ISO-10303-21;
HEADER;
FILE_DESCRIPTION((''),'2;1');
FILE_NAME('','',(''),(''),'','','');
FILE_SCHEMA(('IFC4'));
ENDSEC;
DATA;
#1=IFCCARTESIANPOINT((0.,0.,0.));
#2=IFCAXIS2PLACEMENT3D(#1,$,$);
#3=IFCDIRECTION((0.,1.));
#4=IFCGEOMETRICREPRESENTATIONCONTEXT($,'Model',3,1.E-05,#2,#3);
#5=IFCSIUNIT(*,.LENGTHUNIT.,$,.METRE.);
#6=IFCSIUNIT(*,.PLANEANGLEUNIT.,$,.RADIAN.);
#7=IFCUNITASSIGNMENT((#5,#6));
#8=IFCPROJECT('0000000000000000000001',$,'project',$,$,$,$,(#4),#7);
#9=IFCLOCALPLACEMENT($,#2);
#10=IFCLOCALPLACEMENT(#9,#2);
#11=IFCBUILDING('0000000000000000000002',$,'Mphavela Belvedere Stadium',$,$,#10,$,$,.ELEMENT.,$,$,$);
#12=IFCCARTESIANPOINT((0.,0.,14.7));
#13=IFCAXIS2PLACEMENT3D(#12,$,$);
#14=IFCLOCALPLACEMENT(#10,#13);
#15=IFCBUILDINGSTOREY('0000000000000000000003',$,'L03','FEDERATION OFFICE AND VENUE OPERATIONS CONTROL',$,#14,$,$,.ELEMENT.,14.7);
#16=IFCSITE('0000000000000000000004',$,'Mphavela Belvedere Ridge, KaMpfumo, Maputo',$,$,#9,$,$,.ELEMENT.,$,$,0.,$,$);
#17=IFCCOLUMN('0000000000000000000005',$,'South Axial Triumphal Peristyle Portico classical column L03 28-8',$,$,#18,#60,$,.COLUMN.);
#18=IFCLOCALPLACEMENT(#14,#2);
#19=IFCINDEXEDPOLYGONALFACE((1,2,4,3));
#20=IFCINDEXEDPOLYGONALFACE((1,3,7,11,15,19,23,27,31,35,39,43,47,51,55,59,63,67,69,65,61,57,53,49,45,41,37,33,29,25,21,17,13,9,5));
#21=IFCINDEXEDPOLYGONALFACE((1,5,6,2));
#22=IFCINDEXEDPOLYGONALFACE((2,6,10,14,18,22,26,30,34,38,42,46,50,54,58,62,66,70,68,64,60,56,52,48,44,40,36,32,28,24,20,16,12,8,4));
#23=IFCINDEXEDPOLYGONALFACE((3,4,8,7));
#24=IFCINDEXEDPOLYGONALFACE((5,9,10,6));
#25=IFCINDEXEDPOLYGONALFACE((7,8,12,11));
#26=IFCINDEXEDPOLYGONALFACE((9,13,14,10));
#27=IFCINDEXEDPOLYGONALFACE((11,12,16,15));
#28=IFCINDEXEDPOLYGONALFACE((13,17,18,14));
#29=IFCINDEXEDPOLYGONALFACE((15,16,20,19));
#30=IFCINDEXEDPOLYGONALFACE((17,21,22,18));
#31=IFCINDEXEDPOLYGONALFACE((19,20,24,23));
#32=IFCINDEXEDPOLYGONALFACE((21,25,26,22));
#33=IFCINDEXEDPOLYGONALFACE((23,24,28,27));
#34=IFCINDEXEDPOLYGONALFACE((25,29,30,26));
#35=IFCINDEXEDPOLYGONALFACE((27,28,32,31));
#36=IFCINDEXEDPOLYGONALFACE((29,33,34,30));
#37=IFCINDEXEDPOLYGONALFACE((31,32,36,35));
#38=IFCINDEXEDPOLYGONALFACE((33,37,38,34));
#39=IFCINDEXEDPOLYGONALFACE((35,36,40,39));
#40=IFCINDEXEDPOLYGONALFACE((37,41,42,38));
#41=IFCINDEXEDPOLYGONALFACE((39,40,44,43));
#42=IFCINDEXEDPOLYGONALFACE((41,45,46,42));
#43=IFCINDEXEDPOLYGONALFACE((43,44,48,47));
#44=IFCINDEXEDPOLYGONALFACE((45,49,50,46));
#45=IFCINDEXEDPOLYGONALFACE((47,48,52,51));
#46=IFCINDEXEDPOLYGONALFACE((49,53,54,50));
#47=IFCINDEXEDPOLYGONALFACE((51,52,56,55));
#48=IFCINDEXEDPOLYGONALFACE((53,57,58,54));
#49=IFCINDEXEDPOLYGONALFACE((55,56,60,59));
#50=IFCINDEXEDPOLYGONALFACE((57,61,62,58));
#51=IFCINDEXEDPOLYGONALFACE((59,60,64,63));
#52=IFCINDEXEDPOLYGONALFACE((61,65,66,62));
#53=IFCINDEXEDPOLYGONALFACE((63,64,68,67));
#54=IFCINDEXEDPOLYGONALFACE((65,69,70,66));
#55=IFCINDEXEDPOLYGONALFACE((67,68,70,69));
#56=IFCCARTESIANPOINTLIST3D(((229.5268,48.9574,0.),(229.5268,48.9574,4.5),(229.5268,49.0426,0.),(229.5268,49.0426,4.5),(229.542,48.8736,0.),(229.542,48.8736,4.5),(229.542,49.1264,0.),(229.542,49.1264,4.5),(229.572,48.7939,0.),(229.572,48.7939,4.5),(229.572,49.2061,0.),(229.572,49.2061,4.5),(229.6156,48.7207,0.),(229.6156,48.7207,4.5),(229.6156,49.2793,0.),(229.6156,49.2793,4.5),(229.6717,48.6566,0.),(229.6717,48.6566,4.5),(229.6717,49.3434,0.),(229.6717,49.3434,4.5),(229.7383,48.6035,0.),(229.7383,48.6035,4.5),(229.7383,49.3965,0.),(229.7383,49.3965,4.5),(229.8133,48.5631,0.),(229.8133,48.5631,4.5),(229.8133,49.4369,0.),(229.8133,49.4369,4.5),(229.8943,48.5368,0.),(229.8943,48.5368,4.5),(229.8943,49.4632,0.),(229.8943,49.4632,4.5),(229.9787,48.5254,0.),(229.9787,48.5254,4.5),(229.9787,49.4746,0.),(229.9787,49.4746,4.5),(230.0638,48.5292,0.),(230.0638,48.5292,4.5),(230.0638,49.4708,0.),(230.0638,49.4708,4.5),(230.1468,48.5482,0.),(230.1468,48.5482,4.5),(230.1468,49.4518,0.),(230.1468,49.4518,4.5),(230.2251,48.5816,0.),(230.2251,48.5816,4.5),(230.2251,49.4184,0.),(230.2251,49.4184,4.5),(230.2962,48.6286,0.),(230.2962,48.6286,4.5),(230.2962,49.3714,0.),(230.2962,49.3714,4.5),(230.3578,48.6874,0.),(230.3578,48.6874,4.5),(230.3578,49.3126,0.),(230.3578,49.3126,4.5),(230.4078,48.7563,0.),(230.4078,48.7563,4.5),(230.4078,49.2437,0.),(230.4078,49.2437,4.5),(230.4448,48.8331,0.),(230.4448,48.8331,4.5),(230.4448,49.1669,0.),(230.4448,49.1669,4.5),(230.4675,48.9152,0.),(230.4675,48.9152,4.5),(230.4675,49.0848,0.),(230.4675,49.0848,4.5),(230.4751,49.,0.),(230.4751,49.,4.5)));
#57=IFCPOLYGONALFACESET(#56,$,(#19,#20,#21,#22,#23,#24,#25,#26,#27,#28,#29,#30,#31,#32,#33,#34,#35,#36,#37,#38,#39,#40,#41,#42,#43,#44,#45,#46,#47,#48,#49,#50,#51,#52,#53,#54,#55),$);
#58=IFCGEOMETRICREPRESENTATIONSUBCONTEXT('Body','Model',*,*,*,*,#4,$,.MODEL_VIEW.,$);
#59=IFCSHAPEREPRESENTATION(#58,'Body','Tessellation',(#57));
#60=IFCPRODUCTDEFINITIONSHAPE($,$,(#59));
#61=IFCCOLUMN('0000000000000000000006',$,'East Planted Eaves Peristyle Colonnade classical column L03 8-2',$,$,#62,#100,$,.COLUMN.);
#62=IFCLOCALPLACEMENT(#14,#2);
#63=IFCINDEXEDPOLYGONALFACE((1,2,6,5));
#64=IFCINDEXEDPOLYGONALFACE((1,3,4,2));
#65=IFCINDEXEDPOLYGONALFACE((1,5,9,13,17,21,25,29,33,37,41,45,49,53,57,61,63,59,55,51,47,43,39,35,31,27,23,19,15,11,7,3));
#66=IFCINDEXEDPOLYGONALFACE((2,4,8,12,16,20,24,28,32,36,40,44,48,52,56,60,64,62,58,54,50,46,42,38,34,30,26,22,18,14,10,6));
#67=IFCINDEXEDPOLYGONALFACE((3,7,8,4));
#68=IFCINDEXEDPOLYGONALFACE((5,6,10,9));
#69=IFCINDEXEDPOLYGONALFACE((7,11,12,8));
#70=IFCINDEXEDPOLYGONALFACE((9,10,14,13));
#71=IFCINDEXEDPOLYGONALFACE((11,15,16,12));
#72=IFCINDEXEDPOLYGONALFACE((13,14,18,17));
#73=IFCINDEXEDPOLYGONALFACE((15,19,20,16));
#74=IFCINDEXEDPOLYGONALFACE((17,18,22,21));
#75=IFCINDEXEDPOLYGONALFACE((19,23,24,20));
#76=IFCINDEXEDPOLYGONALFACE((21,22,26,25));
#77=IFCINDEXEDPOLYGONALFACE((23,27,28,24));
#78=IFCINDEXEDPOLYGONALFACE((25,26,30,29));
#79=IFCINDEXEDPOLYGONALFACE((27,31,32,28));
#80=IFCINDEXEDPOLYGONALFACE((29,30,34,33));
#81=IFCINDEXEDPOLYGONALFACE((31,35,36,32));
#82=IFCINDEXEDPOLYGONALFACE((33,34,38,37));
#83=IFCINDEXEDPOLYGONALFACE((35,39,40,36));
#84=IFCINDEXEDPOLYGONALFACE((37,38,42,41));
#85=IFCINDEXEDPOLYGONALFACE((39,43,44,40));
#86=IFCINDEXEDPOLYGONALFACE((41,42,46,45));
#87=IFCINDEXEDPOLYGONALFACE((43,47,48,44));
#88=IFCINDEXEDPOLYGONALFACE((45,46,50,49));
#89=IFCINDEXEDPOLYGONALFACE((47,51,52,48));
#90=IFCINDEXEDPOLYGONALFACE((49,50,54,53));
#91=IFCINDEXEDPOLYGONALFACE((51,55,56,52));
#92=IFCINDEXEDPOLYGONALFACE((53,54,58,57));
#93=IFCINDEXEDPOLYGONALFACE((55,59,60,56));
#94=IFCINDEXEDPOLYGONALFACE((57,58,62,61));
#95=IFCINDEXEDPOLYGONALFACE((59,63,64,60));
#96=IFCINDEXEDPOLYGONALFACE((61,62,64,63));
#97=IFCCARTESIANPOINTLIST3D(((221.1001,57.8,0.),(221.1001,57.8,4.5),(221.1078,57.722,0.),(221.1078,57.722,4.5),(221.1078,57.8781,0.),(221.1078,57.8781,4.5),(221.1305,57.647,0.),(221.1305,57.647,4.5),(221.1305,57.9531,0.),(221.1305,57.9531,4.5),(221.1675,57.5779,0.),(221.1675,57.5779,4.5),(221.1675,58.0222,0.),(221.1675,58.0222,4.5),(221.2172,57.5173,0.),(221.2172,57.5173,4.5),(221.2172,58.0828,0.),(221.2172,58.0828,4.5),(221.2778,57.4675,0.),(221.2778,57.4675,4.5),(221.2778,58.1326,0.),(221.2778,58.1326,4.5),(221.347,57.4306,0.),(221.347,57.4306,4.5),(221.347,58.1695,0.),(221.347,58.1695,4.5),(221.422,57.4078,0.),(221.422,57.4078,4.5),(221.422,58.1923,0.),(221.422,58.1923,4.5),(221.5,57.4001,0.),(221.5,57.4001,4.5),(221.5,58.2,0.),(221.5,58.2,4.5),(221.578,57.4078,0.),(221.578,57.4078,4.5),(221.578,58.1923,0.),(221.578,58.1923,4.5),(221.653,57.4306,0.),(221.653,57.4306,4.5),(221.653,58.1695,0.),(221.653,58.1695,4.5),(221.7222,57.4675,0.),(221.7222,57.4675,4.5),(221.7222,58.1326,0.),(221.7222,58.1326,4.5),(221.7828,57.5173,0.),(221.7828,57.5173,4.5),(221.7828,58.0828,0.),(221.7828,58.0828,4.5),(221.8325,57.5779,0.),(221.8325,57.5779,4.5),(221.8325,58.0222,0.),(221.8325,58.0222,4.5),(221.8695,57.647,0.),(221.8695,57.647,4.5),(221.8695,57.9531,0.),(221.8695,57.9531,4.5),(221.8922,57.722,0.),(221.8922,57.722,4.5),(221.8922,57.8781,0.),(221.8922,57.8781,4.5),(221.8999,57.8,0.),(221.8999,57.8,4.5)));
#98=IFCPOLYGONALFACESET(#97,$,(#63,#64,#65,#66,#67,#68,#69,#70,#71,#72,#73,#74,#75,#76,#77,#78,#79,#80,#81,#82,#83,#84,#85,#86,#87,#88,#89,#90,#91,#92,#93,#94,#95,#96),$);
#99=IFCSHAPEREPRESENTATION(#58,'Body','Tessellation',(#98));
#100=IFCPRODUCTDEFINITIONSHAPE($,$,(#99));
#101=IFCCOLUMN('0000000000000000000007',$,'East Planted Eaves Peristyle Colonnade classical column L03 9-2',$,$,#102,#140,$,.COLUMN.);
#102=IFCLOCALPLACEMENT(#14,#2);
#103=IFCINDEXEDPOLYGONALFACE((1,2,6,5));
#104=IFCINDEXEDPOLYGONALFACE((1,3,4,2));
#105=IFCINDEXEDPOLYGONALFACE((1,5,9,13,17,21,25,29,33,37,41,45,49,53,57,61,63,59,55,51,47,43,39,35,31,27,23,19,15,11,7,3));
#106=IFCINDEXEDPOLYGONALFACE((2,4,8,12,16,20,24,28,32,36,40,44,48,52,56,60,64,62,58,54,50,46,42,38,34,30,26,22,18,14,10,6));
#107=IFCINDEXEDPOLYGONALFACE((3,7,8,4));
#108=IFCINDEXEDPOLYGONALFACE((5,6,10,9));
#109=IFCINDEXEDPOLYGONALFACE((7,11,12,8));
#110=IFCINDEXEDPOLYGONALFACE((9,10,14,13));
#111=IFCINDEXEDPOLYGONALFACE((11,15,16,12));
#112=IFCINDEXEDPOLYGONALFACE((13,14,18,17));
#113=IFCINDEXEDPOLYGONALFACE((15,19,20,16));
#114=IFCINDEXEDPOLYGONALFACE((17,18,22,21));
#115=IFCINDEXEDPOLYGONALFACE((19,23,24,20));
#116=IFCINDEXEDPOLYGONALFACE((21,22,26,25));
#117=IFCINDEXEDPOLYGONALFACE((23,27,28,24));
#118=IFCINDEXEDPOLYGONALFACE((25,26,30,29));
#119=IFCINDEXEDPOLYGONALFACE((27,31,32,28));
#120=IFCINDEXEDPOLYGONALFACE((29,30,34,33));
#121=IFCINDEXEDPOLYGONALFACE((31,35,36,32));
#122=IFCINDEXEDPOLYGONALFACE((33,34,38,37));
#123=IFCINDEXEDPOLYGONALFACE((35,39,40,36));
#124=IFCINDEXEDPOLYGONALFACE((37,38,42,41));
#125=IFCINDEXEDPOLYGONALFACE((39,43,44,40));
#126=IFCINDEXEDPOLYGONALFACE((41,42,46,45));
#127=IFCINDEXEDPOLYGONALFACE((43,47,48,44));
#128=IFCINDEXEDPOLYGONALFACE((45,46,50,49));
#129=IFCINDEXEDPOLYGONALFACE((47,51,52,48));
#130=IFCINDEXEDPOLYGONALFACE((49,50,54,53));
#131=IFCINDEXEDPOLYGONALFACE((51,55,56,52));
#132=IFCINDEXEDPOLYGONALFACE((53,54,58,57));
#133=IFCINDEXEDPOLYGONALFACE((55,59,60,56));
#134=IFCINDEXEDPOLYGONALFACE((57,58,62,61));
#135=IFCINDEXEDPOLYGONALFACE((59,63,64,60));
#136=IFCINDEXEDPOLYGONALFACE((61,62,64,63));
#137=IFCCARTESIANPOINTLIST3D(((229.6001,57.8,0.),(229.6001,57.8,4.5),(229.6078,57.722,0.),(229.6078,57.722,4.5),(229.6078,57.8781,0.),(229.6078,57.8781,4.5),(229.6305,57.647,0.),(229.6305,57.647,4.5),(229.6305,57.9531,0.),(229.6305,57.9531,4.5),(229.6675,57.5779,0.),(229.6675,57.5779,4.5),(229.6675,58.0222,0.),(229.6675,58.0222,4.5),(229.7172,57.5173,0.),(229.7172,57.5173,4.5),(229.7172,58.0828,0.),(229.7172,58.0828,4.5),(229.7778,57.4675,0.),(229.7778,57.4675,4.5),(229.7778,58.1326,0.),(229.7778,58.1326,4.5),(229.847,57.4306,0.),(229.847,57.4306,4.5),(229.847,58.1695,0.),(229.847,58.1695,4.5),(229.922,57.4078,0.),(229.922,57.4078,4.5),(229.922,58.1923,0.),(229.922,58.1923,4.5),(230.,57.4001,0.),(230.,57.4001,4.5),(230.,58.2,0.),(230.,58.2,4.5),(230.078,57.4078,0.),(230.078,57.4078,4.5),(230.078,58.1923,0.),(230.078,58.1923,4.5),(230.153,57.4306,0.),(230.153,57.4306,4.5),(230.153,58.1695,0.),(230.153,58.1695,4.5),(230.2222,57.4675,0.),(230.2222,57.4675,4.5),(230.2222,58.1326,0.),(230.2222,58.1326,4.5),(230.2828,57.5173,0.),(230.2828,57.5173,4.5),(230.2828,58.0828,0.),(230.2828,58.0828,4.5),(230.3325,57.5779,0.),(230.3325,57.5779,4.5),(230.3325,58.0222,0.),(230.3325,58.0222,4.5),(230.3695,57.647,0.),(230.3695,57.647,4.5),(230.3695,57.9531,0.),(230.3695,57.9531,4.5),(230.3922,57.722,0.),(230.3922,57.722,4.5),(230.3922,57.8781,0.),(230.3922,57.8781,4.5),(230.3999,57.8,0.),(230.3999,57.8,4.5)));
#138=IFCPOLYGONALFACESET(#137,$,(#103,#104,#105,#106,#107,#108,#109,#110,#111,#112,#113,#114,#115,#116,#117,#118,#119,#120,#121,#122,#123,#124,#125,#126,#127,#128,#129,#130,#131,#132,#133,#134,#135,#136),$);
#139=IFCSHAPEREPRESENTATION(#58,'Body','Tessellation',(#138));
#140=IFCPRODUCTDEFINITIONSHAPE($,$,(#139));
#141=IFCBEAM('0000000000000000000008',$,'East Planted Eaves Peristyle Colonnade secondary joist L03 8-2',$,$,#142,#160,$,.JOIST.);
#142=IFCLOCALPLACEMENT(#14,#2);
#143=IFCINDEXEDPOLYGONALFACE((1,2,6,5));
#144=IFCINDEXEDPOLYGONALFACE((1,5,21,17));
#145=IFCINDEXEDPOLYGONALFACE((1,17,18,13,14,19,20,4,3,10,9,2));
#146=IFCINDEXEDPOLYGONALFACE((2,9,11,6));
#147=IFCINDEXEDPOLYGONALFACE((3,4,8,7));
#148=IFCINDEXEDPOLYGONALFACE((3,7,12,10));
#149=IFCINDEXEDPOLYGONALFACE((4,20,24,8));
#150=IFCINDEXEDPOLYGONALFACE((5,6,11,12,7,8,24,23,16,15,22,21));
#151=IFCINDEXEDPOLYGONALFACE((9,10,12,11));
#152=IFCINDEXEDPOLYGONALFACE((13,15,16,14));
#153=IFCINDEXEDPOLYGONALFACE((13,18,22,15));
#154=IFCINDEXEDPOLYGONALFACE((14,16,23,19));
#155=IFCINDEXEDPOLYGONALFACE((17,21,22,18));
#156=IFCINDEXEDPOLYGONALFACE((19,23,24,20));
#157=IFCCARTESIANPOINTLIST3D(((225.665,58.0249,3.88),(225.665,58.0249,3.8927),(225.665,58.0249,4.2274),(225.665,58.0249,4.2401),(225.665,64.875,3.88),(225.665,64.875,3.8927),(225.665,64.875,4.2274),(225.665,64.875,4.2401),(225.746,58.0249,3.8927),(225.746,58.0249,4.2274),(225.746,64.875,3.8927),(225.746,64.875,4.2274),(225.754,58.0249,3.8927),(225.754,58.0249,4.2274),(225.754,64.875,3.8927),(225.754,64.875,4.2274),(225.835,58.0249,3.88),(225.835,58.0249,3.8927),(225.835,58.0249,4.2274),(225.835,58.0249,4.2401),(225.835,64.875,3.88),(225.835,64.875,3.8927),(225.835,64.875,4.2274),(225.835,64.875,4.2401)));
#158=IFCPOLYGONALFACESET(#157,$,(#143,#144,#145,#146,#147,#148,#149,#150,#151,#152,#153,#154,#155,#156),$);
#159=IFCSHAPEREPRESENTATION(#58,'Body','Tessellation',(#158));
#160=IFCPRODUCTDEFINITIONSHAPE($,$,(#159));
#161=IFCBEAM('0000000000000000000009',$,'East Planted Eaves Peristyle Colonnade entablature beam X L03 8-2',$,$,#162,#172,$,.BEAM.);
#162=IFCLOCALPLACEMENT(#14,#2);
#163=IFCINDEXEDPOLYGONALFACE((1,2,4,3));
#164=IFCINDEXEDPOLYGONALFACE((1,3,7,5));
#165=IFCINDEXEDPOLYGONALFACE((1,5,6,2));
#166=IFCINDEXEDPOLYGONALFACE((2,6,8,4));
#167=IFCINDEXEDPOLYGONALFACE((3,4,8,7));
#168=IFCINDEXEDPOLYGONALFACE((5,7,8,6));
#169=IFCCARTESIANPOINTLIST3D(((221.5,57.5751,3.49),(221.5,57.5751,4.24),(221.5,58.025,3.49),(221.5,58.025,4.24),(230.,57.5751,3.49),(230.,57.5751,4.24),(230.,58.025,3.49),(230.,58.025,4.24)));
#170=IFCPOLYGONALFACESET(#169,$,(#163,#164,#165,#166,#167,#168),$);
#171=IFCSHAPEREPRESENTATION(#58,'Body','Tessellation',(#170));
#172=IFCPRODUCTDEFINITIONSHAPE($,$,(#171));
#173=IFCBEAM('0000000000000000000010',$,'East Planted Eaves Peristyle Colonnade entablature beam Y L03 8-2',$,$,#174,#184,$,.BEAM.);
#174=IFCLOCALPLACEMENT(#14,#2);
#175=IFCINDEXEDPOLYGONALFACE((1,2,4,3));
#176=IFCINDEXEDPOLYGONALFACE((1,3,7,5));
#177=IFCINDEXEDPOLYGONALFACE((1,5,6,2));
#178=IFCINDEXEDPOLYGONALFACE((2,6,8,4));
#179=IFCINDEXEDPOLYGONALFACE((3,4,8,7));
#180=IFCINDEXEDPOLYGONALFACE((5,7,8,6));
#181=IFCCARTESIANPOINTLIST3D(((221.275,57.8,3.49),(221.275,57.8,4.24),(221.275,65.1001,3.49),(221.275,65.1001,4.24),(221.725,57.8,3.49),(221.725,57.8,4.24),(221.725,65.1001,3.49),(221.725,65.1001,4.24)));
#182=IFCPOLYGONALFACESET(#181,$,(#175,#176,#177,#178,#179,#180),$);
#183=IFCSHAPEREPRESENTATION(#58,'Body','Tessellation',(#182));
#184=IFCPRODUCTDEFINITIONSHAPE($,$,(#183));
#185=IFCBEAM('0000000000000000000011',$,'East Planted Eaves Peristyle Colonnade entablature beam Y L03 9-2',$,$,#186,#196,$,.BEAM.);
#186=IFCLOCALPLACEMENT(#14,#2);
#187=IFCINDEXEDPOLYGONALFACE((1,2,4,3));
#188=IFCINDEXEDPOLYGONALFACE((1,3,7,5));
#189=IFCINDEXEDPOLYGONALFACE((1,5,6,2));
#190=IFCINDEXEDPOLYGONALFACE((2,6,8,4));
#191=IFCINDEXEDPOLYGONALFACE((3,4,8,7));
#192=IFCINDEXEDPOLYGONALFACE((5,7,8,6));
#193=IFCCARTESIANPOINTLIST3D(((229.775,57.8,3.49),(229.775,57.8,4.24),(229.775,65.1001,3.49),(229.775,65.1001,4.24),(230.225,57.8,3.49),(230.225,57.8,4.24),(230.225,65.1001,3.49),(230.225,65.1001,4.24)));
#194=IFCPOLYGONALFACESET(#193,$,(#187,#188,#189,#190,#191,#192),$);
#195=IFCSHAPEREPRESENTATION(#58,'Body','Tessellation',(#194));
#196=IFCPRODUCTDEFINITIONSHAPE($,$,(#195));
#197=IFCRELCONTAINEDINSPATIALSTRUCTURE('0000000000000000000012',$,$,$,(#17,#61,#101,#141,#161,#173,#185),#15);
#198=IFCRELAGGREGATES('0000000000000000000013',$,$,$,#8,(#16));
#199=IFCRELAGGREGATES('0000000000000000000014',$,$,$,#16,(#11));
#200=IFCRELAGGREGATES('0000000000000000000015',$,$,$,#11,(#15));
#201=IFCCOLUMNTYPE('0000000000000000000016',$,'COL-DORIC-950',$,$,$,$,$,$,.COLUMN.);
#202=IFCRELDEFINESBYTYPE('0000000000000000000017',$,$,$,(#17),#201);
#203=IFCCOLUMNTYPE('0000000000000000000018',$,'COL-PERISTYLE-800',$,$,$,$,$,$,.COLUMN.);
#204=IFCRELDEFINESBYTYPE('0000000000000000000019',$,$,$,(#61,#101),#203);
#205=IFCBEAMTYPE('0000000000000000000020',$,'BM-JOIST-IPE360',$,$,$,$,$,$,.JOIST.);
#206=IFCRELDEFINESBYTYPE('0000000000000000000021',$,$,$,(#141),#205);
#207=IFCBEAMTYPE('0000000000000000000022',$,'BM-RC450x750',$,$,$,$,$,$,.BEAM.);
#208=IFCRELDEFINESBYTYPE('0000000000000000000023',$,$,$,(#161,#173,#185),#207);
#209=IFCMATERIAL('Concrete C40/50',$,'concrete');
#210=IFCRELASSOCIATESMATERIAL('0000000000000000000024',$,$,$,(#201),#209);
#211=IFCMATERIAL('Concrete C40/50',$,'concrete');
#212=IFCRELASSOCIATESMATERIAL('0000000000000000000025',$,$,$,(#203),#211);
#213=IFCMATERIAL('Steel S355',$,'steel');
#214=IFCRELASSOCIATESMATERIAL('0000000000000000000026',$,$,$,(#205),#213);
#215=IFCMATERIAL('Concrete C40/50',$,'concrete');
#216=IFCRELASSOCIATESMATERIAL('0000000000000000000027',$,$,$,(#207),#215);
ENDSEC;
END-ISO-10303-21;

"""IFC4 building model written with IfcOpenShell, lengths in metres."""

from ifc_helpers import new_model, si_unit, direction, frame, origin, origin_2d, place, context, subcontext, project, spatial, rectangle, circle, i_section, extrude, material, material_profile, profile_set, type_object, element, save


model = new_model("IFC4")

# Units and contexts
model_context = context("Model", 3, precision=1e-05, world=origin(), true_north=direction((0.0, 1.0)))
body_context = subcontext(model_context, "Body", "Model", "MODEL_VIEW")
ifc_project = project(units=[si_unit("LENGTHUNIT", "METRE"), si_unit("PLANEANGLEUNIT", "RADIAN")], contexts=[model_context])

# Site, building, storey
site_placement = place(None, origin())
site = spatial("IfcSite", under=ifc_project, at=site_placement, Name="Mphavela Belvedere Ridge, KaMpfumo, Maputo", CompositionType="ELEMENT", RefElevation=0.0)
building_placement = place(site_placement, origin())
building = spatial("IfcBuilding", under=site, at=building_placement, Name="Mphavela Belvedere Stadium", CompositionType="ELEMENT")
storey_placement = place(building_placement, frame((0.0, 0.0, 14.7)))
storey = spatial("IfcBuildingStorey", under=building, at=storey_placement, Name="L03", Description="FEDERATION OFFICE AND VENUE OPERATIONS CONTROL", CompositionType="ELEMENT", Elevation=14.7)

# Columns
ifc_material_1 = material(Name="Concrete C40/50", Category="concrete")
ifc_material_profile_1 = material_profile(ifc_material_1, circle(Radius=0.4751, at=origin_2d()), Name="COL D950")
ifc_profile_set_1 = profile_set([ifc_material_profile_1], Name="Concrete C40/50")
column_type_1 = type_object("IfcColumnType", Name="COL-DORIC-950", PredefinedType="COLUMN", material=ifc_profile_set_1)
column_placement = place(storey_placement, frame((230.0, 49.0, 0.0), z_axis=(0.0, 0.0, 1.0), x_axis=(1.0, 0.0, 0.0)))
element("IfcColumn", 1, at=column_placement, inside=storey, type_object=column_type_1, Name="South Axial Triumphal Peristyle Portico classical column L03 28-8", PredefinedType="COLUMN", context=body_context, shape_type="SweptSolid", body=[
    extrude(circle(Radius=0.4751, at=origin_2d()), origin(), (0.0, 0.0, 1.0), 4.5),
])
ifc_material_2 = material(Name="Concrete C40/50", Category="concrete")
ifc_material_profile_2 = material_profile(ifc_material_2, circle(Radius=0.3999, at=origin_2d()), Name="COL D800")
ifc_profile_set_2 = profile_set([ifc_material_profile_2], Name="Concrete C40/50")
column_type_2 = type_object("IfcColumnType", Name="COL-PERISTYLE-800", PredefinedType="COLUMN", material=ifc_profile_set_2)
for number, where, z_axis, x_axis, name in (
    (2, (221.5, 57.8, 0.0), (0.0, 0.0, 1.0), (1.0, 0.0, 0.0), "East Planted Eaves Peristyle Colonnade classical column L03 8-2"),
    (3, (230.0, 57.8, 0.0), (0.0, 0.0, 1.0), (1.0, 0.0, 0.0), "East Planted Eaves Peristyle Colonnade classical column L03 9-2"),
):
    element("IfcColumn", number, at=place(storey_placement, frame(where, z_axis=z_axis, x_axis=x_axis)), inside=storey, type_object=column_type_2, Name=name, PredefinedType="COLUMN", context=body_context, shape_type="SweptSolid", body=[
        extrude(circle(Radius=0.3999, at=origin_2d()), origin(), (0.0, 0.0, 1.0), 4.5),
    ])

# Beams
ifc_material_3 = material(Name="Steel S355", Category="steel")
ifc_material_profile_3 = material_profile(ifc_material_3, i_section(OverallWidth=0.1699, OverallDepth=0.3601, WebThickness=0.0081, FlangeThickness=0.0127, at=origin_2d()), Name="IPE 360")
ifc_profile_set_3 = profile_set([ifc_material_profile_3], Name="Steel S355")
beam_type_1 = type_object("IfcBeamType", Name="BM-JOIST-IPE360", PredefinedType="JOIST", material=ifc_profile_set_3)
beam_1_placement = place(storey_placement, frame((225.75, 58.0249, 4.0601), z_axis=(0.0, 1.0, 0.0), x_axis=(-1.0, 0.0, 0.0)))
element("IfcBeam", 4, at=beam_1_placement, inside=storey, type_object=beam_type_1, Name="East Planted Eaves Peristyle Colonnade secondary joist L03 8-2", PredefinedType="JOIST", context=body_context, shape_type="SweptSolid", body=[
    extrude(i_section(OverallWidth=0.1699, OverallDepth=0.3601, WebThickness=0.0081, FlangeThickness=0.0127, at=origin_2d()), origin(), (0.0, 0.0, 1.0), 6.8501),
])
ifc_material_4 = material(Name="Concrete C40/50", Category="concrete")
ifc_material_profile_4 = material_profile(ifc_material_4, rectangle(XDim=0.45, YDim=0.75, at=origin_2d()), Name="RC 450x750")
ifc_profile_set_4 = profile_set([ifc_material_profile_4], Name="Concrete C40/50")
beam_type_2 = type_object("IfcBeamType", Name="BM-RC450x750", PredefinedType="BEAM", material=ifc_profile_set_4)
beam_2_placement = place(storey_placement, frame((221.5, 57.8, 3.865), z_axis=(1.0, 0.0, 0.0), x_axis=(0.0, 1.0, 0.0)))
element("IfcBeam", 5, at=beam_2_placement, inside=storey, type_object=beam_type_2, Name="East Planted Eaves Peristyle Colonnade entablature beam X L03 8-2", PredefinedType="BEAM", context=body_context, shape_type="SweptSolid", body=[
    extrude(rectangle(XDim=0.45, YDim=0.75, at=origin_2d()), origin(), (0.0, 0.0, 1.0), 8.5),
])
for number, where, z_axis, x_axis, name in (
    (6, (221.5, 57.8, 3.865), (0.0, 1.0, 0.0), (-1.0, 0.0, 0.0), "East Planted Eaves Peristyle Colonnade entablature beam Y L03 8-2"),
    (7, (230.0, 57.8, 3.865), (0.0, 1.0, 0.0), (-1.0, 0.0, 0.0), "East Planted Eaves Peristyle Colonnade entablature beam Y L03 9-2"),
):
    element("IfcBeam", number, at=place(storey_placement, frame(where, z_axis=z_axis, x_axis=x_axis)), inside=storey, type_object=beam_type_2, Name=name, PredefinedType="BEAM", context=body_context, shape_type="SweptSolid", body=[
        extrude(rectangle(XDim=0.45, YDim=0.75, at=origin_2d()), origin(), (0.0, 0.0, 1.0), 7.3),
    ])

save(model, "model.ifc")
